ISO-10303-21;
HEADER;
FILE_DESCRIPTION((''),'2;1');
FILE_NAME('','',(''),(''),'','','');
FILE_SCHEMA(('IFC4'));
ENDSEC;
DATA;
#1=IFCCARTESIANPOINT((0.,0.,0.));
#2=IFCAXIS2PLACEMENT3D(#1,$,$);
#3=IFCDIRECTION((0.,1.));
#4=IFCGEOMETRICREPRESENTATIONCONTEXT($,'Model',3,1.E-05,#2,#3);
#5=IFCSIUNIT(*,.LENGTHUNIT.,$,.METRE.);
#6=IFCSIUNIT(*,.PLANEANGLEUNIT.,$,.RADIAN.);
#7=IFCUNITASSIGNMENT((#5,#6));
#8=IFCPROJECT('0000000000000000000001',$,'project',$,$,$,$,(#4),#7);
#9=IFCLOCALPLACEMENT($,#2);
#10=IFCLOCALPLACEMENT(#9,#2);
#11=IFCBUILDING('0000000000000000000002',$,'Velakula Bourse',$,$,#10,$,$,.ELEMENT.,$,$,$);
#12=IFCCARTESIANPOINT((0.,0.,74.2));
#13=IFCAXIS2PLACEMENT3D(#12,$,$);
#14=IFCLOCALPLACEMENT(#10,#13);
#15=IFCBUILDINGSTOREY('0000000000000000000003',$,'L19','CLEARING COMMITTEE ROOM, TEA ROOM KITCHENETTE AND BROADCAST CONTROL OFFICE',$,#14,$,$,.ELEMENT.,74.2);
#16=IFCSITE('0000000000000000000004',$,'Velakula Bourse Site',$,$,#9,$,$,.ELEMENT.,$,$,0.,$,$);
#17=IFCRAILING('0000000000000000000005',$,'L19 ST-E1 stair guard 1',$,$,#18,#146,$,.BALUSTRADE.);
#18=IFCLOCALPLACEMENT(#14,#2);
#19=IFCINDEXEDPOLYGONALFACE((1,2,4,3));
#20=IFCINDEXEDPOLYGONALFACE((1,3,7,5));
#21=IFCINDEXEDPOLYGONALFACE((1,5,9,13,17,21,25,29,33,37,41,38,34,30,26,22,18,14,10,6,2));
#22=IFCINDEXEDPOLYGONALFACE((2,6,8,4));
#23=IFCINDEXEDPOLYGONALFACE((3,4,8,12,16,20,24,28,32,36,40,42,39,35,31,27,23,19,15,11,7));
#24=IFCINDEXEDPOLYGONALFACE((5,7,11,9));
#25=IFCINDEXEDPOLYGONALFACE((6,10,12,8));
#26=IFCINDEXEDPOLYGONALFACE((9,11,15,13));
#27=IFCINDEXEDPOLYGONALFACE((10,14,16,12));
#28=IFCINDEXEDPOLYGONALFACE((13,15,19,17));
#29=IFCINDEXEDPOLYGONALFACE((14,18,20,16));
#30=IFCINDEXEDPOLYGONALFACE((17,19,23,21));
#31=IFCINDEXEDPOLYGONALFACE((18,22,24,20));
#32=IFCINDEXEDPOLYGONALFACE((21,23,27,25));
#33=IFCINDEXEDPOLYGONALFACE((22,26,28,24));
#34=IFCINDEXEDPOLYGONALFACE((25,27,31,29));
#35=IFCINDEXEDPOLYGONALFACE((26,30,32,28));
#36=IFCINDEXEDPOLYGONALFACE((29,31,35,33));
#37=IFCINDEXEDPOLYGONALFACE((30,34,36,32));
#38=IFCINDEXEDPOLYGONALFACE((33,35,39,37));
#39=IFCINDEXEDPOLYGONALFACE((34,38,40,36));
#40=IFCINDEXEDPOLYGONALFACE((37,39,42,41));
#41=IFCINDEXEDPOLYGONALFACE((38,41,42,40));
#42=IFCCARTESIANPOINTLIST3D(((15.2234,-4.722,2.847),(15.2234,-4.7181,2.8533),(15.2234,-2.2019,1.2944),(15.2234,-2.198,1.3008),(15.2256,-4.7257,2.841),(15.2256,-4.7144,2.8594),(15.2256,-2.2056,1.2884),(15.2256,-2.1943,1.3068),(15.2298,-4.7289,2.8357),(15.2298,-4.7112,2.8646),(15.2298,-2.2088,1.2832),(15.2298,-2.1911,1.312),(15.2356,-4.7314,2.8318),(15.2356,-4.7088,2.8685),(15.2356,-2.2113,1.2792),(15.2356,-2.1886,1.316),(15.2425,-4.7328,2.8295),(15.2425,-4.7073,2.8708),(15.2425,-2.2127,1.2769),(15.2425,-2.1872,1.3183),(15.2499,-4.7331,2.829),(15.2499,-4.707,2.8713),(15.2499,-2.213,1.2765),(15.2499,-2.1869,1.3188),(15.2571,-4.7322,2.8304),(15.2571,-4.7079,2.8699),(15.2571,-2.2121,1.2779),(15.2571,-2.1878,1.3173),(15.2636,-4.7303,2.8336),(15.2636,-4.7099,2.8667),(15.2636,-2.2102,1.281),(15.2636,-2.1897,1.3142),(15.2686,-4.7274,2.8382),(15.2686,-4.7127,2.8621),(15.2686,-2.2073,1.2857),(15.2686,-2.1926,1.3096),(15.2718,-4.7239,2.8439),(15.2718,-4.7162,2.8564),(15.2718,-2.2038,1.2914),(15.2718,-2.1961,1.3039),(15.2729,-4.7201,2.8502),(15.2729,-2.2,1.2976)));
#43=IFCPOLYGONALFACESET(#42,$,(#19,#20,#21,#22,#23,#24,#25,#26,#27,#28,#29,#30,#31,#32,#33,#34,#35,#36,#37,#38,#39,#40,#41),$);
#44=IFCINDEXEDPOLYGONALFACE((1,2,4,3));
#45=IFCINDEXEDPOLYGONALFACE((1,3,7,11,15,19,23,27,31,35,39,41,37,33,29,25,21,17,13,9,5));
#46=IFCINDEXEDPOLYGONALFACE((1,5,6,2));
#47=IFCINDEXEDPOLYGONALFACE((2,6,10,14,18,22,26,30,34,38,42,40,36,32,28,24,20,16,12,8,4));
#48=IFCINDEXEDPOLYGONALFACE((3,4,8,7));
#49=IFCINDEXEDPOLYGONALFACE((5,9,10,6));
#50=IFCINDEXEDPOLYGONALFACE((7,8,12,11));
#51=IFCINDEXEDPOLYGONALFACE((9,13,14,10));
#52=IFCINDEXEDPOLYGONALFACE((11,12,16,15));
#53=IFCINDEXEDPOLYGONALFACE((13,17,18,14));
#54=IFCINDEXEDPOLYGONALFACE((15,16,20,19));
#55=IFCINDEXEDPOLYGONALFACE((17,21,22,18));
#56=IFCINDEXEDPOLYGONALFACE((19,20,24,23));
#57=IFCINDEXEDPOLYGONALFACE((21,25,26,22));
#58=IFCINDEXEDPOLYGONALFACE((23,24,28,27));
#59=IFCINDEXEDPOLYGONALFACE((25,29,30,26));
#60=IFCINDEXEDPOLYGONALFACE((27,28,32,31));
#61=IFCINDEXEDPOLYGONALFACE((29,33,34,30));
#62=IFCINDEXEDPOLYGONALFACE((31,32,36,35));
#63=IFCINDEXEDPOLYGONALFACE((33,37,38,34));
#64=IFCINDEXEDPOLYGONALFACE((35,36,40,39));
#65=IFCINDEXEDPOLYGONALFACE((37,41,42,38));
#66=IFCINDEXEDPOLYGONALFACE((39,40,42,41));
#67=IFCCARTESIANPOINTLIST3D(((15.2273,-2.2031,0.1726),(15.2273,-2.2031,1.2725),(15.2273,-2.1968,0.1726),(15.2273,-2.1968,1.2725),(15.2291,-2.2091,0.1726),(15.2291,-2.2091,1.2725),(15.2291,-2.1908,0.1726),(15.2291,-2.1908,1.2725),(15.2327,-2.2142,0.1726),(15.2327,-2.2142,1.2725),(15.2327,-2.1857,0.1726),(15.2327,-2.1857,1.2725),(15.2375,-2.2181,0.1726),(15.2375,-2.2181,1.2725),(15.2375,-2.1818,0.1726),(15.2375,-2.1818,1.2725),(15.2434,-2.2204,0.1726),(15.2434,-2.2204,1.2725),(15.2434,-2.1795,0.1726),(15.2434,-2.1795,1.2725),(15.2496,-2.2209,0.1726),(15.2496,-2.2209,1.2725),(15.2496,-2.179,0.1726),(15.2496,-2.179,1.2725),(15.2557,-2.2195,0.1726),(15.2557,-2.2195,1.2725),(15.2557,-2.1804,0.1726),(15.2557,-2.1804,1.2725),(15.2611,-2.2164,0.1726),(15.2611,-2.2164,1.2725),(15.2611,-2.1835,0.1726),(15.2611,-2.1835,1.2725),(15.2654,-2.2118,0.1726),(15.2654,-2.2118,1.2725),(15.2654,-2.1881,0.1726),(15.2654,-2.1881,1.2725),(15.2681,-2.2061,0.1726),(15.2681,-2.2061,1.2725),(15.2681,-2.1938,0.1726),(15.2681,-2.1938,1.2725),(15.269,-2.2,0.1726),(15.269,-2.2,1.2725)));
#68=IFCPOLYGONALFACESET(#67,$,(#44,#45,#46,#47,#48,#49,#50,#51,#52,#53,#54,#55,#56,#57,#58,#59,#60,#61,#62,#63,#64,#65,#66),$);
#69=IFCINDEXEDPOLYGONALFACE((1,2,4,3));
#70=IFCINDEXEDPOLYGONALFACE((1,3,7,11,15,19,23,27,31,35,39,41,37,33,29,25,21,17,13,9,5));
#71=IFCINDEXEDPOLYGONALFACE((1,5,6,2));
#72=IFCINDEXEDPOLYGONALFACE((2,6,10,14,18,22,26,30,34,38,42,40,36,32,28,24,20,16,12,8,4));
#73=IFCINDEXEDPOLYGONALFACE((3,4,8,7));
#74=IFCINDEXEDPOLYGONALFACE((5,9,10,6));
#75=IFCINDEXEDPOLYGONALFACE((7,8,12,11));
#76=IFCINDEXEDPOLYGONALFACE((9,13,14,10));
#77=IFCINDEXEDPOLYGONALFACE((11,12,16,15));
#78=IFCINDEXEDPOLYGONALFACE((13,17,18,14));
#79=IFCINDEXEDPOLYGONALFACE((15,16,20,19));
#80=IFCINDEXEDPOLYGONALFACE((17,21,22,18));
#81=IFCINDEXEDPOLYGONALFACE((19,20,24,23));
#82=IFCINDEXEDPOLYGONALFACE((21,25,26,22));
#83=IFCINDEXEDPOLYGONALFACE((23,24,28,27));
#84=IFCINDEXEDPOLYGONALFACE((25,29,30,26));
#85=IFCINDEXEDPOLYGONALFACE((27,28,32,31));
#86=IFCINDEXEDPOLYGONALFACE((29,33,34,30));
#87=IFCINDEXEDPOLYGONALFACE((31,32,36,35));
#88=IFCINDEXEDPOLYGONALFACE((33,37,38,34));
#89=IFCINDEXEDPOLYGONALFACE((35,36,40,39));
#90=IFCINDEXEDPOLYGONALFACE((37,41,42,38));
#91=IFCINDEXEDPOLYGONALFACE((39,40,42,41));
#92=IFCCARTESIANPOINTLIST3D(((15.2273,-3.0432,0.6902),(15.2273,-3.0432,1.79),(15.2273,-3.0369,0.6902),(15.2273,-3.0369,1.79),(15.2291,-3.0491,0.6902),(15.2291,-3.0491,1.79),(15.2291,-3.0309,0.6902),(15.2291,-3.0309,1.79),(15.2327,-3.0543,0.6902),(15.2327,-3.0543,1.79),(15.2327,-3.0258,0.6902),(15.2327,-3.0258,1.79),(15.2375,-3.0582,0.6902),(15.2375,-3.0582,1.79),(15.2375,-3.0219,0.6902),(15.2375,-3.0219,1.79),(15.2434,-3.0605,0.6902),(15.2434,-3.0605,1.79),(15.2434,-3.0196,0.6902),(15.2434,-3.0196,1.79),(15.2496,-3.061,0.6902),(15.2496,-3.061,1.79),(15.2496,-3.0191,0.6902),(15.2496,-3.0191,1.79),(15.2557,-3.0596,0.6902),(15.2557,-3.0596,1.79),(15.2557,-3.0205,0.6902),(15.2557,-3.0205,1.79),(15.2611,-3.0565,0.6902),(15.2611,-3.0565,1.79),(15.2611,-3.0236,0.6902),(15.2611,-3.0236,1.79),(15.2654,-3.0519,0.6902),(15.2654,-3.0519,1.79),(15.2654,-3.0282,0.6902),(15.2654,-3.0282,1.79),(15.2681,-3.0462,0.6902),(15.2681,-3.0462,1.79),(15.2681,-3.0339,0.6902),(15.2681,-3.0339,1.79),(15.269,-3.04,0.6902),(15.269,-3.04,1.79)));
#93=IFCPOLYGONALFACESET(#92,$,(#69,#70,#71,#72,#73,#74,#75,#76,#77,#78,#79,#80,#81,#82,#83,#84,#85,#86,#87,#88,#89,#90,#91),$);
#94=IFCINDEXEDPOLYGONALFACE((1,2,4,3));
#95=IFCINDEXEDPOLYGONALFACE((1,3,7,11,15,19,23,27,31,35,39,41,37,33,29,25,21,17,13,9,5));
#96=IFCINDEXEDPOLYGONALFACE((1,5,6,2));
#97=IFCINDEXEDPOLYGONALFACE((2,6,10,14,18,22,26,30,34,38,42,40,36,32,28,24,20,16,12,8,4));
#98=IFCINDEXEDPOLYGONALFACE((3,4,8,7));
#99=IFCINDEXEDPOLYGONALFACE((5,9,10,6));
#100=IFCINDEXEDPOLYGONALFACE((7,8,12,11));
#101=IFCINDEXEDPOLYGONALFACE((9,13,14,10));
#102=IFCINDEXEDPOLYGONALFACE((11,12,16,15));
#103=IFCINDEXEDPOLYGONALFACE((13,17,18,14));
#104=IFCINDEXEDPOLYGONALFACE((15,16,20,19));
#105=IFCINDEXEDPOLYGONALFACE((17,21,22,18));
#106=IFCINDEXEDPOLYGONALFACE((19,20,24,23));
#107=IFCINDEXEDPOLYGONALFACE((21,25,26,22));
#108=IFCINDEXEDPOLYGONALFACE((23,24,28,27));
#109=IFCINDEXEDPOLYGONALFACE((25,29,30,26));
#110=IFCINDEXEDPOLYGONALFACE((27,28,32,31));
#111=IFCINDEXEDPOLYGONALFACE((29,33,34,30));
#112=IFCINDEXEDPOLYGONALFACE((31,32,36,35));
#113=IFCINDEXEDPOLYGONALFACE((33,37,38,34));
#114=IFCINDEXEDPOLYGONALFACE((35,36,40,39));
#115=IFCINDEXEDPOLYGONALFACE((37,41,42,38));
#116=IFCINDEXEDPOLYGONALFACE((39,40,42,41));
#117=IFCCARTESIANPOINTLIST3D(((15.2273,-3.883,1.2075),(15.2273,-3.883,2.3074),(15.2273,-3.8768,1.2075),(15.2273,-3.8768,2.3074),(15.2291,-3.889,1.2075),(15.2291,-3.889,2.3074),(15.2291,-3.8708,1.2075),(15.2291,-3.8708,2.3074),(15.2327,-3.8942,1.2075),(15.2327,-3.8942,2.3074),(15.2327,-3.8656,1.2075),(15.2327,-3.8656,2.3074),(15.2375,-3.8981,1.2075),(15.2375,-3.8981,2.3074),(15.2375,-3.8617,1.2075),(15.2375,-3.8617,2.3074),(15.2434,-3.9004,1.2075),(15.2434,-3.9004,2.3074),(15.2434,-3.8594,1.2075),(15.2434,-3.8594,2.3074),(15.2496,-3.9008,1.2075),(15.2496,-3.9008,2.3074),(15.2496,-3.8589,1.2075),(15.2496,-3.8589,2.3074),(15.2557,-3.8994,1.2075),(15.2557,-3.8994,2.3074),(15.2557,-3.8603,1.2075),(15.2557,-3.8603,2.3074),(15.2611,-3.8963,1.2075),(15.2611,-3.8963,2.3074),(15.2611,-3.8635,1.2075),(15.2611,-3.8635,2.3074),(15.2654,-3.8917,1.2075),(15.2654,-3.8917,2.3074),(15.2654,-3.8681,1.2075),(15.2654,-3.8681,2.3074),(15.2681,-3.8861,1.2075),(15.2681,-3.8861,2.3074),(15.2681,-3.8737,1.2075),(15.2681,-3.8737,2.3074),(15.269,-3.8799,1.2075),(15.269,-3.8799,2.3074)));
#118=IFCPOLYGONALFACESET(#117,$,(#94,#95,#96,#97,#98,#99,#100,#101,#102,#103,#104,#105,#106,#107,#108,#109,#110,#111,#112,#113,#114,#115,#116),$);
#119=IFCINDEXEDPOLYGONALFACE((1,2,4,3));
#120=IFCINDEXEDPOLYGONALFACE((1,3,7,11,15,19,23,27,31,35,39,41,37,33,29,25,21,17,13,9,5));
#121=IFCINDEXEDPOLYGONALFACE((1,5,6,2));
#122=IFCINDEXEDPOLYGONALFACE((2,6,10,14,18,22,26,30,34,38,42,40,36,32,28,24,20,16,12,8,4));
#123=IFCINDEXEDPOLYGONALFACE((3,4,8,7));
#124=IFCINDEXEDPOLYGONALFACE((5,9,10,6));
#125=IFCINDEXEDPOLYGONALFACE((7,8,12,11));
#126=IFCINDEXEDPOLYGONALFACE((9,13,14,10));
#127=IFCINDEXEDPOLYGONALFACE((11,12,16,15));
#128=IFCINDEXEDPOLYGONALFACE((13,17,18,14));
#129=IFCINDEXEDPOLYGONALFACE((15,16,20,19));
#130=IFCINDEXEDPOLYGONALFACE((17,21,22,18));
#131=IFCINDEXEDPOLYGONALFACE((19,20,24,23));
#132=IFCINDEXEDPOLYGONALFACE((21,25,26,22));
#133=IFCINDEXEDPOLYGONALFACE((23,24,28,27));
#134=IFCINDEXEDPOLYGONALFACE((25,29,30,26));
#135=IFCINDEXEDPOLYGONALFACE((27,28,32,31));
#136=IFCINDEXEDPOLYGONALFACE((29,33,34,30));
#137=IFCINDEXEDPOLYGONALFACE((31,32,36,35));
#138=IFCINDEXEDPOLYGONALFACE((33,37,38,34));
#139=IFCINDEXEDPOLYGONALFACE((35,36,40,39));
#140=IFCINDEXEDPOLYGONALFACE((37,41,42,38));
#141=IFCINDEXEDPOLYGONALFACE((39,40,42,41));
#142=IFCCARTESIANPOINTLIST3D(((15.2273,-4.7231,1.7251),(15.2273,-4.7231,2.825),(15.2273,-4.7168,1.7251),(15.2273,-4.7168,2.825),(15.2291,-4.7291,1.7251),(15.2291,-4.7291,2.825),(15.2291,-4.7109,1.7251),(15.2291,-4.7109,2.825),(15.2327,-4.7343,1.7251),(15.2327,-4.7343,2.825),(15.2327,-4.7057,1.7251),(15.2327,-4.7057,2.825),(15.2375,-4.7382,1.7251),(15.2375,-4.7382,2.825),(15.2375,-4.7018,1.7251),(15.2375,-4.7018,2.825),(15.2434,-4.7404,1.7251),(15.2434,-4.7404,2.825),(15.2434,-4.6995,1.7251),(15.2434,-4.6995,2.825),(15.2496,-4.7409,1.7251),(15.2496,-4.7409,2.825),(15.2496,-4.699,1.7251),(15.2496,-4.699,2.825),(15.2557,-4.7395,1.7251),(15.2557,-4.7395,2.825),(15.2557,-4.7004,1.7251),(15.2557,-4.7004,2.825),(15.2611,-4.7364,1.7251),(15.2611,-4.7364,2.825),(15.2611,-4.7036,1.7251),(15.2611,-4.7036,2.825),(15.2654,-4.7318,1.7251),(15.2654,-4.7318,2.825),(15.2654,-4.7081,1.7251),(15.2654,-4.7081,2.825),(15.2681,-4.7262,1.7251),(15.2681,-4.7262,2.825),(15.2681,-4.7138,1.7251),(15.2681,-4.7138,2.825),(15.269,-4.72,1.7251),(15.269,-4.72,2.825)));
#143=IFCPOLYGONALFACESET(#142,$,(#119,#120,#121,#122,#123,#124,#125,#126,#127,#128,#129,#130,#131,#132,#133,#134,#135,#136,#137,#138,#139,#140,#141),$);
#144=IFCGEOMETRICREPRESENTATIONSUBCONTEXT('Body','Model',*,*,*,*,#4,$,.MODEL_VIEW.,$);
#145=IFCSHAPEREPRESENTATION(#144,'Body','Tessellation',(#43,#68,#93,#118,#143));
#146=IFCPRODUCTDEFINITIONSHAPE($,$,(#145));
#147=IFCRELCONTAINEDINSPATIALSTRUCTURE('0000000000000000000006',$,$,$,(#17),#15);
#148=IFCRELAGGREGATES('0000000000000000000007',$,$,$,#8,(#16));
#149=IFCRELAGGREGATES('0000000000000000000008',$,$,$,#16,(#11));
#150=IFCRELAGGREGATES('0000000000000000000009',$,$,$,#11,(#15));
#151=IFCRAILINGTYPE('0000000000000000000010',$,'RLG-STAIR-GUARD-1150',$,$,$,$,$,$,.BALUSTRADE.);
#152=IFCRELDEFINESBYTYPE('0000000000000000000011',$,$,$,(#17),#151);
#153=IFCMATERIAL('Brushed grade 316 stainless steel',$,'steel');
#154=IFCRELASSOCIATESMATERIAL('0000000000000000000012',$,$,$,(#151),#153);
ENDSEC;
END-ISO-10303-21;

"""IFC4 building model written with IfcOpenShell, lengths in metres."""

from ifc_helpers import new_model, si_unit, direction, frame, origin, origin_2d, place, context, subcontext, project, spatial, circle, extrude, material, type_object, element, save


model = new_model("IFC4")

# Units and contexts
model_context = context("Model", 3, precision=1e-05, world=origin(), true_north=direction((0.0, 1.0)))
body_context = subcontext(model_context, "Body", "Model", "MODEL_VIEW")
ifc_project = project(units=[si_unit("LENGTHUNIT", "METRE"), si_unit("PLANEANGLEUNIT", "RADIAN")], contexts=[model_context])

# Site, building, storey
site_placement = place(None, origin())
site = spatial("IfcSite", under=ifc_project, at=site_placement, Name="Velakula Bourse Site", CompositionType="ELEMENT", RefElevation=0.0)
building_placement = place(site_placement, origin())
building = spatial("IfcBuilding", under=site, at=building_placement, Name="Velakula Bourse", CompositionType="ELEMENT")
storey_placement = place(building_placement, frame((0.0, 0.0, 74.2)))
storey = spatial("IfcBuildingStorey", under=building, at=storey_placement, Name="L19", Description="CLEARING COMMITTEE ROOM, TEA ROOM KITCHENETTE AND BROADCAST CONTROL OFFICE", CompositionType="ELEMENT", Elevation=74.2)

# Shared definitions
ifc_material_1 = material(Name="Brushed grade 316 stainless steel", Category="steel")

# Railing
railing_type_1 = type_object("IfcRailingType", Name="RLG-STAIR-GUARD-1150", PredefinedType="BALUSTRADE", material=ifc_material_1)
railing_1_placement = place(storey_placement, frame((15.248, -2.2, 0.1726)))
element("IfcRailing", 1, at=railing_1_placement, inside=storey, type_object=railing_type_1, Name="L19 ST-E1 stair guard 1", PredefinedType="BALUSTRADE", context=body_context, shape_type="SweptSolid", body=[
    extrude(circle(Radius=0.0249, at=origin_2d()), frame((0.0, 0.0, 1.125), z_axis=(0.0, -0.8514, 0.524516), x_axis=(1.0, 0.0, 0.0)), (0.0, 0.0, 1.0), 2.96),
    extrude(circle(Radius=0.021, at=origin_2d()), origin(), (0.0, 0.0, 1.0), 1.0999),
    extrude(circle(Radius=0.021, at=origin_2d()), frame((0.0, -0.8401, 0.5176)), (0.0, 0.0, 1.0), 1.0999),
    extrude(circle(Radius=0.021, at=origin_2d()), frame((0.0, -1.6799, 1.0349)), (0.0, 0.0, 1.0), 1.0999),
    extrude(circle(Radius=0.021, at=origin_2d()), frame((0.0, -2.52, 1.5525)), (0.0, 0.0, 1.0), 1.0999),
])

save(model, "model.ifc")
